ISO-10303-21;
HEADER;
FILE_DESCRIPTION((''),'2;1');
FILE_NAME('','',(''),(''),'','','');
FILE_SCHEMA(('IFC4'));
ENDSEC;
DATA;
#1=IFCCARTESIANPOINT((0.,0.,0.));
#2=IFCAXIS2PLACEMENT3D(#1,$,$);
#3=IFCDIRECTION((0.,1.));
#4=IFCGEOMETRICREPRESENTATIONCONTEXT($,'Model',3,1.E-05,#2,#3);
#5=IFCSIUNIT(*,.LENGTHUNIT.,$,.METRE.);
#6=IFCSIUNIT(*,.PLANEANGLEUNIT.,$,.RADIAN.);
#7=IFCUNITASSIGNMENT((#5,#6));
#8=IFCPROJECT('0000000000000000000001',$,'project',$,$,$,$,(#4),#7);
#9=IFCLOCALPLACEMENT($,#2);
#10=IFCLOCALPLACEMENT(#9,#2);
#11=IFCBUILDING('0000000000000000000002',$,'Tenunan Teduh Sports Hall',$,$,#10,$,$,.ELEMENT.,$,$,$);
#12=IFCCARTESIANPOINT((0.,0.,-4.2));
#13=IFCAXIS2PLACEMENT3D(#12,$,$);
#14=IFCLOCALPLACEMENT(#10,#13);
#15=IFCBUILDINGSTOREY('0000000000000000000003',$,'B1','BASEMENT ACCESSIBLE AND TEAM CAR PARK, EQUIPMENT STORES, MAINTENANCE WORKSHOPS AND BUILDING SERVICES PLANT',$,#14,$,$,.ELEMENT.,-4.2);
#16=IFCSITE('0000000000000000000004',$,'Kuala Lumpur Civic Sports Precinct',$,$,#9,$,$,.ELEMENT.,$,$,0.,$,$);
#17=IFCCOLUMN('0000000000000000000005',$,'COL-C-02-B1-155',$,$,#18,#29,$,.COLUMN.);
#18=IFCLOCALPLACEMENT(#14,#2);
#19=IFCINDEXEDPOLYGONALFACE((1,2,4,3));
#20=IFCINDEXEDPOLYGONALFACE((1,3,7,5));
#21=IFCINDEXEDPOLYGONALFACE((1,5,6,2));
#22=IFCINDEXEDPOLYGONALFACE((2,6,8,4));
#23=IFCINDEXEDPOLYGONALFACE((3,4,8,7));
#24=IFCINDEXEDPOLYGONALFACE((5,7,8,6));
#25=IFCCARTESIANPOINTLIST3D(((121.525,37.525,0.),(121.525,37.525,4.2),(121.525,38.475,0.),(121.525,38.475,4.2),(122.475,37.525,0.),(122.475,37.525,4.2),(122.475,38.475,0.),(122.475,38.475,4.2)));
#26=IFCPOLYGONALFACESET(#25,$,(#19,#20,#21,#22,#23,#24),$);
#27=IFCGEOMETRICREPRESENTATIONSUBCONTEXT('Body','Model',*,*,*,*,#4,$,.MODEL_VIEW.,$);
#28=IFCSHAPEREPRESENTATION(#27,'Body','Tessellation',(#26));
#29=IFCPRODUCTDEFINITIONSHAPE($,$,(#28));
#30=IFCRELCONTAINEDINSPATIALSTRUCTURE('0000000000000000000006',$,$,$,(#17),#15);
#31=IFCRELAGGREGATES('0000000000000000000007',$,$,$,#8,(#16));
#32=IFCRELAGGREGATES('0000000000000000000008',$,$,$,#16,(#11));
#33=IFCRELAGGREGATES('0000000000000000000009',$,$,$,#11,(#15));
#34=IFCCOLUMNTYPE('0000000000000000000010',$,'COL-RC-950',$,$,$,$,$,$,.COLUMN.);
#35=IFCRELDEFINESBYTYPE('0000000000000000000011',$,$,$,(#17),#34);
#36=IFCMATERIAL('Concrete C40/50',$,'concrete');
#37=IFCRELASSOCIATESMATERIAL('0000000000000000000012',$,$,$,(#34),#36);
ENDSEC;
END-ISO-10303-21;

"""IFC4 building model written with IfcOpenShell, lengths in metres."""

from ifc_helpers import new_model, si_unit, direction, frame, origin, origin_2d, place, context, subcontext, project, spatial, rectangle, extrude, material, material_profile, profile_set, type_object, element, save


model = new_model("IFC4")

# Units and contexts
model_context = context("Model", 3, precision=1e-05, world=origin(), true_north=direction((0.0, 1.0)))
body_context = subcontext(model_context, "Body", "Model", "MODEL_VIEW")
ifc_project = project(units=[si_unit("LENGTHUNIT", "METRE"), si_unit("PLANEANGLEUNIT", "RADIAN")], contexts=[model_context])

# Site, building, storey
site_placement = place(None, origin())
site = spatial("IfcSite", under=ifc_project, at=site_placement, Name="Kuala Lumpur Civic Sports Precinct", CompositionType="ELEMENT", RefElevation=0.0)
building_placement = place(site_placement, origin())
building = spatial("IfcBuilding", under=site, at=building_placement, Name="Tenunan Teduh Sports Hall", CompositionType="ELEMENT")
storey_placement = place(building_placement, frame((0.0, 0.0, -4.2)))
storey = spatial("IfcBuildingStorey", under=building, at=storey_placement, Name="B1", Description="BASEMENT ACCESSIBLE AND TEAM CAR PARK, EQUIPMENT STORES, MAINTENANCE WORKSHOPS AND BUILDING SERVICES PLANT", CompositionType="ELEMENT", Elevation=-4.2)

# Column
ifc_material_1 = material(Name="Concrete C40/50", Category="concrete")
ifc_material_profile_1 = material_profile(ifc_material_1, rectangle(XDim=0.95, YDim=0.95, at=origin_2d()), Name="RC 950x950")
ifc_profile_set_1 = profile_set([ifc_material_profile_1], Name="Concrete C40/50")
column_type_1 = type_object("IfcColumnType", Name="COL-RC-950", PredefinedType="COLUMN", material=ifc_profile_set_1)
for number, where, z_axis, x_axis, name in (
    (1, (122.0, 38.0, 0.0), (0.0, 0.0, 1.0), (1.0, 0.0, 0.0), "COL-C-02-B1-155"),
):
    element("IfcColumn", number, at=place(storey_placement, frame(where, z_axis=z_axis, x_axis=x_axis)), inside=storey, type_object=column_type_1, Name=name, PredefinedType="COLUMN", context=body_context, shape_type="SweptSolid", body=[
        extrude(rectangle(XDim=0.95, YDim=0.95, at=origin_2d()), origin(), (0.0, 0.0, 1.0), 4.2),
    ])

save(model, "model.ifc")
